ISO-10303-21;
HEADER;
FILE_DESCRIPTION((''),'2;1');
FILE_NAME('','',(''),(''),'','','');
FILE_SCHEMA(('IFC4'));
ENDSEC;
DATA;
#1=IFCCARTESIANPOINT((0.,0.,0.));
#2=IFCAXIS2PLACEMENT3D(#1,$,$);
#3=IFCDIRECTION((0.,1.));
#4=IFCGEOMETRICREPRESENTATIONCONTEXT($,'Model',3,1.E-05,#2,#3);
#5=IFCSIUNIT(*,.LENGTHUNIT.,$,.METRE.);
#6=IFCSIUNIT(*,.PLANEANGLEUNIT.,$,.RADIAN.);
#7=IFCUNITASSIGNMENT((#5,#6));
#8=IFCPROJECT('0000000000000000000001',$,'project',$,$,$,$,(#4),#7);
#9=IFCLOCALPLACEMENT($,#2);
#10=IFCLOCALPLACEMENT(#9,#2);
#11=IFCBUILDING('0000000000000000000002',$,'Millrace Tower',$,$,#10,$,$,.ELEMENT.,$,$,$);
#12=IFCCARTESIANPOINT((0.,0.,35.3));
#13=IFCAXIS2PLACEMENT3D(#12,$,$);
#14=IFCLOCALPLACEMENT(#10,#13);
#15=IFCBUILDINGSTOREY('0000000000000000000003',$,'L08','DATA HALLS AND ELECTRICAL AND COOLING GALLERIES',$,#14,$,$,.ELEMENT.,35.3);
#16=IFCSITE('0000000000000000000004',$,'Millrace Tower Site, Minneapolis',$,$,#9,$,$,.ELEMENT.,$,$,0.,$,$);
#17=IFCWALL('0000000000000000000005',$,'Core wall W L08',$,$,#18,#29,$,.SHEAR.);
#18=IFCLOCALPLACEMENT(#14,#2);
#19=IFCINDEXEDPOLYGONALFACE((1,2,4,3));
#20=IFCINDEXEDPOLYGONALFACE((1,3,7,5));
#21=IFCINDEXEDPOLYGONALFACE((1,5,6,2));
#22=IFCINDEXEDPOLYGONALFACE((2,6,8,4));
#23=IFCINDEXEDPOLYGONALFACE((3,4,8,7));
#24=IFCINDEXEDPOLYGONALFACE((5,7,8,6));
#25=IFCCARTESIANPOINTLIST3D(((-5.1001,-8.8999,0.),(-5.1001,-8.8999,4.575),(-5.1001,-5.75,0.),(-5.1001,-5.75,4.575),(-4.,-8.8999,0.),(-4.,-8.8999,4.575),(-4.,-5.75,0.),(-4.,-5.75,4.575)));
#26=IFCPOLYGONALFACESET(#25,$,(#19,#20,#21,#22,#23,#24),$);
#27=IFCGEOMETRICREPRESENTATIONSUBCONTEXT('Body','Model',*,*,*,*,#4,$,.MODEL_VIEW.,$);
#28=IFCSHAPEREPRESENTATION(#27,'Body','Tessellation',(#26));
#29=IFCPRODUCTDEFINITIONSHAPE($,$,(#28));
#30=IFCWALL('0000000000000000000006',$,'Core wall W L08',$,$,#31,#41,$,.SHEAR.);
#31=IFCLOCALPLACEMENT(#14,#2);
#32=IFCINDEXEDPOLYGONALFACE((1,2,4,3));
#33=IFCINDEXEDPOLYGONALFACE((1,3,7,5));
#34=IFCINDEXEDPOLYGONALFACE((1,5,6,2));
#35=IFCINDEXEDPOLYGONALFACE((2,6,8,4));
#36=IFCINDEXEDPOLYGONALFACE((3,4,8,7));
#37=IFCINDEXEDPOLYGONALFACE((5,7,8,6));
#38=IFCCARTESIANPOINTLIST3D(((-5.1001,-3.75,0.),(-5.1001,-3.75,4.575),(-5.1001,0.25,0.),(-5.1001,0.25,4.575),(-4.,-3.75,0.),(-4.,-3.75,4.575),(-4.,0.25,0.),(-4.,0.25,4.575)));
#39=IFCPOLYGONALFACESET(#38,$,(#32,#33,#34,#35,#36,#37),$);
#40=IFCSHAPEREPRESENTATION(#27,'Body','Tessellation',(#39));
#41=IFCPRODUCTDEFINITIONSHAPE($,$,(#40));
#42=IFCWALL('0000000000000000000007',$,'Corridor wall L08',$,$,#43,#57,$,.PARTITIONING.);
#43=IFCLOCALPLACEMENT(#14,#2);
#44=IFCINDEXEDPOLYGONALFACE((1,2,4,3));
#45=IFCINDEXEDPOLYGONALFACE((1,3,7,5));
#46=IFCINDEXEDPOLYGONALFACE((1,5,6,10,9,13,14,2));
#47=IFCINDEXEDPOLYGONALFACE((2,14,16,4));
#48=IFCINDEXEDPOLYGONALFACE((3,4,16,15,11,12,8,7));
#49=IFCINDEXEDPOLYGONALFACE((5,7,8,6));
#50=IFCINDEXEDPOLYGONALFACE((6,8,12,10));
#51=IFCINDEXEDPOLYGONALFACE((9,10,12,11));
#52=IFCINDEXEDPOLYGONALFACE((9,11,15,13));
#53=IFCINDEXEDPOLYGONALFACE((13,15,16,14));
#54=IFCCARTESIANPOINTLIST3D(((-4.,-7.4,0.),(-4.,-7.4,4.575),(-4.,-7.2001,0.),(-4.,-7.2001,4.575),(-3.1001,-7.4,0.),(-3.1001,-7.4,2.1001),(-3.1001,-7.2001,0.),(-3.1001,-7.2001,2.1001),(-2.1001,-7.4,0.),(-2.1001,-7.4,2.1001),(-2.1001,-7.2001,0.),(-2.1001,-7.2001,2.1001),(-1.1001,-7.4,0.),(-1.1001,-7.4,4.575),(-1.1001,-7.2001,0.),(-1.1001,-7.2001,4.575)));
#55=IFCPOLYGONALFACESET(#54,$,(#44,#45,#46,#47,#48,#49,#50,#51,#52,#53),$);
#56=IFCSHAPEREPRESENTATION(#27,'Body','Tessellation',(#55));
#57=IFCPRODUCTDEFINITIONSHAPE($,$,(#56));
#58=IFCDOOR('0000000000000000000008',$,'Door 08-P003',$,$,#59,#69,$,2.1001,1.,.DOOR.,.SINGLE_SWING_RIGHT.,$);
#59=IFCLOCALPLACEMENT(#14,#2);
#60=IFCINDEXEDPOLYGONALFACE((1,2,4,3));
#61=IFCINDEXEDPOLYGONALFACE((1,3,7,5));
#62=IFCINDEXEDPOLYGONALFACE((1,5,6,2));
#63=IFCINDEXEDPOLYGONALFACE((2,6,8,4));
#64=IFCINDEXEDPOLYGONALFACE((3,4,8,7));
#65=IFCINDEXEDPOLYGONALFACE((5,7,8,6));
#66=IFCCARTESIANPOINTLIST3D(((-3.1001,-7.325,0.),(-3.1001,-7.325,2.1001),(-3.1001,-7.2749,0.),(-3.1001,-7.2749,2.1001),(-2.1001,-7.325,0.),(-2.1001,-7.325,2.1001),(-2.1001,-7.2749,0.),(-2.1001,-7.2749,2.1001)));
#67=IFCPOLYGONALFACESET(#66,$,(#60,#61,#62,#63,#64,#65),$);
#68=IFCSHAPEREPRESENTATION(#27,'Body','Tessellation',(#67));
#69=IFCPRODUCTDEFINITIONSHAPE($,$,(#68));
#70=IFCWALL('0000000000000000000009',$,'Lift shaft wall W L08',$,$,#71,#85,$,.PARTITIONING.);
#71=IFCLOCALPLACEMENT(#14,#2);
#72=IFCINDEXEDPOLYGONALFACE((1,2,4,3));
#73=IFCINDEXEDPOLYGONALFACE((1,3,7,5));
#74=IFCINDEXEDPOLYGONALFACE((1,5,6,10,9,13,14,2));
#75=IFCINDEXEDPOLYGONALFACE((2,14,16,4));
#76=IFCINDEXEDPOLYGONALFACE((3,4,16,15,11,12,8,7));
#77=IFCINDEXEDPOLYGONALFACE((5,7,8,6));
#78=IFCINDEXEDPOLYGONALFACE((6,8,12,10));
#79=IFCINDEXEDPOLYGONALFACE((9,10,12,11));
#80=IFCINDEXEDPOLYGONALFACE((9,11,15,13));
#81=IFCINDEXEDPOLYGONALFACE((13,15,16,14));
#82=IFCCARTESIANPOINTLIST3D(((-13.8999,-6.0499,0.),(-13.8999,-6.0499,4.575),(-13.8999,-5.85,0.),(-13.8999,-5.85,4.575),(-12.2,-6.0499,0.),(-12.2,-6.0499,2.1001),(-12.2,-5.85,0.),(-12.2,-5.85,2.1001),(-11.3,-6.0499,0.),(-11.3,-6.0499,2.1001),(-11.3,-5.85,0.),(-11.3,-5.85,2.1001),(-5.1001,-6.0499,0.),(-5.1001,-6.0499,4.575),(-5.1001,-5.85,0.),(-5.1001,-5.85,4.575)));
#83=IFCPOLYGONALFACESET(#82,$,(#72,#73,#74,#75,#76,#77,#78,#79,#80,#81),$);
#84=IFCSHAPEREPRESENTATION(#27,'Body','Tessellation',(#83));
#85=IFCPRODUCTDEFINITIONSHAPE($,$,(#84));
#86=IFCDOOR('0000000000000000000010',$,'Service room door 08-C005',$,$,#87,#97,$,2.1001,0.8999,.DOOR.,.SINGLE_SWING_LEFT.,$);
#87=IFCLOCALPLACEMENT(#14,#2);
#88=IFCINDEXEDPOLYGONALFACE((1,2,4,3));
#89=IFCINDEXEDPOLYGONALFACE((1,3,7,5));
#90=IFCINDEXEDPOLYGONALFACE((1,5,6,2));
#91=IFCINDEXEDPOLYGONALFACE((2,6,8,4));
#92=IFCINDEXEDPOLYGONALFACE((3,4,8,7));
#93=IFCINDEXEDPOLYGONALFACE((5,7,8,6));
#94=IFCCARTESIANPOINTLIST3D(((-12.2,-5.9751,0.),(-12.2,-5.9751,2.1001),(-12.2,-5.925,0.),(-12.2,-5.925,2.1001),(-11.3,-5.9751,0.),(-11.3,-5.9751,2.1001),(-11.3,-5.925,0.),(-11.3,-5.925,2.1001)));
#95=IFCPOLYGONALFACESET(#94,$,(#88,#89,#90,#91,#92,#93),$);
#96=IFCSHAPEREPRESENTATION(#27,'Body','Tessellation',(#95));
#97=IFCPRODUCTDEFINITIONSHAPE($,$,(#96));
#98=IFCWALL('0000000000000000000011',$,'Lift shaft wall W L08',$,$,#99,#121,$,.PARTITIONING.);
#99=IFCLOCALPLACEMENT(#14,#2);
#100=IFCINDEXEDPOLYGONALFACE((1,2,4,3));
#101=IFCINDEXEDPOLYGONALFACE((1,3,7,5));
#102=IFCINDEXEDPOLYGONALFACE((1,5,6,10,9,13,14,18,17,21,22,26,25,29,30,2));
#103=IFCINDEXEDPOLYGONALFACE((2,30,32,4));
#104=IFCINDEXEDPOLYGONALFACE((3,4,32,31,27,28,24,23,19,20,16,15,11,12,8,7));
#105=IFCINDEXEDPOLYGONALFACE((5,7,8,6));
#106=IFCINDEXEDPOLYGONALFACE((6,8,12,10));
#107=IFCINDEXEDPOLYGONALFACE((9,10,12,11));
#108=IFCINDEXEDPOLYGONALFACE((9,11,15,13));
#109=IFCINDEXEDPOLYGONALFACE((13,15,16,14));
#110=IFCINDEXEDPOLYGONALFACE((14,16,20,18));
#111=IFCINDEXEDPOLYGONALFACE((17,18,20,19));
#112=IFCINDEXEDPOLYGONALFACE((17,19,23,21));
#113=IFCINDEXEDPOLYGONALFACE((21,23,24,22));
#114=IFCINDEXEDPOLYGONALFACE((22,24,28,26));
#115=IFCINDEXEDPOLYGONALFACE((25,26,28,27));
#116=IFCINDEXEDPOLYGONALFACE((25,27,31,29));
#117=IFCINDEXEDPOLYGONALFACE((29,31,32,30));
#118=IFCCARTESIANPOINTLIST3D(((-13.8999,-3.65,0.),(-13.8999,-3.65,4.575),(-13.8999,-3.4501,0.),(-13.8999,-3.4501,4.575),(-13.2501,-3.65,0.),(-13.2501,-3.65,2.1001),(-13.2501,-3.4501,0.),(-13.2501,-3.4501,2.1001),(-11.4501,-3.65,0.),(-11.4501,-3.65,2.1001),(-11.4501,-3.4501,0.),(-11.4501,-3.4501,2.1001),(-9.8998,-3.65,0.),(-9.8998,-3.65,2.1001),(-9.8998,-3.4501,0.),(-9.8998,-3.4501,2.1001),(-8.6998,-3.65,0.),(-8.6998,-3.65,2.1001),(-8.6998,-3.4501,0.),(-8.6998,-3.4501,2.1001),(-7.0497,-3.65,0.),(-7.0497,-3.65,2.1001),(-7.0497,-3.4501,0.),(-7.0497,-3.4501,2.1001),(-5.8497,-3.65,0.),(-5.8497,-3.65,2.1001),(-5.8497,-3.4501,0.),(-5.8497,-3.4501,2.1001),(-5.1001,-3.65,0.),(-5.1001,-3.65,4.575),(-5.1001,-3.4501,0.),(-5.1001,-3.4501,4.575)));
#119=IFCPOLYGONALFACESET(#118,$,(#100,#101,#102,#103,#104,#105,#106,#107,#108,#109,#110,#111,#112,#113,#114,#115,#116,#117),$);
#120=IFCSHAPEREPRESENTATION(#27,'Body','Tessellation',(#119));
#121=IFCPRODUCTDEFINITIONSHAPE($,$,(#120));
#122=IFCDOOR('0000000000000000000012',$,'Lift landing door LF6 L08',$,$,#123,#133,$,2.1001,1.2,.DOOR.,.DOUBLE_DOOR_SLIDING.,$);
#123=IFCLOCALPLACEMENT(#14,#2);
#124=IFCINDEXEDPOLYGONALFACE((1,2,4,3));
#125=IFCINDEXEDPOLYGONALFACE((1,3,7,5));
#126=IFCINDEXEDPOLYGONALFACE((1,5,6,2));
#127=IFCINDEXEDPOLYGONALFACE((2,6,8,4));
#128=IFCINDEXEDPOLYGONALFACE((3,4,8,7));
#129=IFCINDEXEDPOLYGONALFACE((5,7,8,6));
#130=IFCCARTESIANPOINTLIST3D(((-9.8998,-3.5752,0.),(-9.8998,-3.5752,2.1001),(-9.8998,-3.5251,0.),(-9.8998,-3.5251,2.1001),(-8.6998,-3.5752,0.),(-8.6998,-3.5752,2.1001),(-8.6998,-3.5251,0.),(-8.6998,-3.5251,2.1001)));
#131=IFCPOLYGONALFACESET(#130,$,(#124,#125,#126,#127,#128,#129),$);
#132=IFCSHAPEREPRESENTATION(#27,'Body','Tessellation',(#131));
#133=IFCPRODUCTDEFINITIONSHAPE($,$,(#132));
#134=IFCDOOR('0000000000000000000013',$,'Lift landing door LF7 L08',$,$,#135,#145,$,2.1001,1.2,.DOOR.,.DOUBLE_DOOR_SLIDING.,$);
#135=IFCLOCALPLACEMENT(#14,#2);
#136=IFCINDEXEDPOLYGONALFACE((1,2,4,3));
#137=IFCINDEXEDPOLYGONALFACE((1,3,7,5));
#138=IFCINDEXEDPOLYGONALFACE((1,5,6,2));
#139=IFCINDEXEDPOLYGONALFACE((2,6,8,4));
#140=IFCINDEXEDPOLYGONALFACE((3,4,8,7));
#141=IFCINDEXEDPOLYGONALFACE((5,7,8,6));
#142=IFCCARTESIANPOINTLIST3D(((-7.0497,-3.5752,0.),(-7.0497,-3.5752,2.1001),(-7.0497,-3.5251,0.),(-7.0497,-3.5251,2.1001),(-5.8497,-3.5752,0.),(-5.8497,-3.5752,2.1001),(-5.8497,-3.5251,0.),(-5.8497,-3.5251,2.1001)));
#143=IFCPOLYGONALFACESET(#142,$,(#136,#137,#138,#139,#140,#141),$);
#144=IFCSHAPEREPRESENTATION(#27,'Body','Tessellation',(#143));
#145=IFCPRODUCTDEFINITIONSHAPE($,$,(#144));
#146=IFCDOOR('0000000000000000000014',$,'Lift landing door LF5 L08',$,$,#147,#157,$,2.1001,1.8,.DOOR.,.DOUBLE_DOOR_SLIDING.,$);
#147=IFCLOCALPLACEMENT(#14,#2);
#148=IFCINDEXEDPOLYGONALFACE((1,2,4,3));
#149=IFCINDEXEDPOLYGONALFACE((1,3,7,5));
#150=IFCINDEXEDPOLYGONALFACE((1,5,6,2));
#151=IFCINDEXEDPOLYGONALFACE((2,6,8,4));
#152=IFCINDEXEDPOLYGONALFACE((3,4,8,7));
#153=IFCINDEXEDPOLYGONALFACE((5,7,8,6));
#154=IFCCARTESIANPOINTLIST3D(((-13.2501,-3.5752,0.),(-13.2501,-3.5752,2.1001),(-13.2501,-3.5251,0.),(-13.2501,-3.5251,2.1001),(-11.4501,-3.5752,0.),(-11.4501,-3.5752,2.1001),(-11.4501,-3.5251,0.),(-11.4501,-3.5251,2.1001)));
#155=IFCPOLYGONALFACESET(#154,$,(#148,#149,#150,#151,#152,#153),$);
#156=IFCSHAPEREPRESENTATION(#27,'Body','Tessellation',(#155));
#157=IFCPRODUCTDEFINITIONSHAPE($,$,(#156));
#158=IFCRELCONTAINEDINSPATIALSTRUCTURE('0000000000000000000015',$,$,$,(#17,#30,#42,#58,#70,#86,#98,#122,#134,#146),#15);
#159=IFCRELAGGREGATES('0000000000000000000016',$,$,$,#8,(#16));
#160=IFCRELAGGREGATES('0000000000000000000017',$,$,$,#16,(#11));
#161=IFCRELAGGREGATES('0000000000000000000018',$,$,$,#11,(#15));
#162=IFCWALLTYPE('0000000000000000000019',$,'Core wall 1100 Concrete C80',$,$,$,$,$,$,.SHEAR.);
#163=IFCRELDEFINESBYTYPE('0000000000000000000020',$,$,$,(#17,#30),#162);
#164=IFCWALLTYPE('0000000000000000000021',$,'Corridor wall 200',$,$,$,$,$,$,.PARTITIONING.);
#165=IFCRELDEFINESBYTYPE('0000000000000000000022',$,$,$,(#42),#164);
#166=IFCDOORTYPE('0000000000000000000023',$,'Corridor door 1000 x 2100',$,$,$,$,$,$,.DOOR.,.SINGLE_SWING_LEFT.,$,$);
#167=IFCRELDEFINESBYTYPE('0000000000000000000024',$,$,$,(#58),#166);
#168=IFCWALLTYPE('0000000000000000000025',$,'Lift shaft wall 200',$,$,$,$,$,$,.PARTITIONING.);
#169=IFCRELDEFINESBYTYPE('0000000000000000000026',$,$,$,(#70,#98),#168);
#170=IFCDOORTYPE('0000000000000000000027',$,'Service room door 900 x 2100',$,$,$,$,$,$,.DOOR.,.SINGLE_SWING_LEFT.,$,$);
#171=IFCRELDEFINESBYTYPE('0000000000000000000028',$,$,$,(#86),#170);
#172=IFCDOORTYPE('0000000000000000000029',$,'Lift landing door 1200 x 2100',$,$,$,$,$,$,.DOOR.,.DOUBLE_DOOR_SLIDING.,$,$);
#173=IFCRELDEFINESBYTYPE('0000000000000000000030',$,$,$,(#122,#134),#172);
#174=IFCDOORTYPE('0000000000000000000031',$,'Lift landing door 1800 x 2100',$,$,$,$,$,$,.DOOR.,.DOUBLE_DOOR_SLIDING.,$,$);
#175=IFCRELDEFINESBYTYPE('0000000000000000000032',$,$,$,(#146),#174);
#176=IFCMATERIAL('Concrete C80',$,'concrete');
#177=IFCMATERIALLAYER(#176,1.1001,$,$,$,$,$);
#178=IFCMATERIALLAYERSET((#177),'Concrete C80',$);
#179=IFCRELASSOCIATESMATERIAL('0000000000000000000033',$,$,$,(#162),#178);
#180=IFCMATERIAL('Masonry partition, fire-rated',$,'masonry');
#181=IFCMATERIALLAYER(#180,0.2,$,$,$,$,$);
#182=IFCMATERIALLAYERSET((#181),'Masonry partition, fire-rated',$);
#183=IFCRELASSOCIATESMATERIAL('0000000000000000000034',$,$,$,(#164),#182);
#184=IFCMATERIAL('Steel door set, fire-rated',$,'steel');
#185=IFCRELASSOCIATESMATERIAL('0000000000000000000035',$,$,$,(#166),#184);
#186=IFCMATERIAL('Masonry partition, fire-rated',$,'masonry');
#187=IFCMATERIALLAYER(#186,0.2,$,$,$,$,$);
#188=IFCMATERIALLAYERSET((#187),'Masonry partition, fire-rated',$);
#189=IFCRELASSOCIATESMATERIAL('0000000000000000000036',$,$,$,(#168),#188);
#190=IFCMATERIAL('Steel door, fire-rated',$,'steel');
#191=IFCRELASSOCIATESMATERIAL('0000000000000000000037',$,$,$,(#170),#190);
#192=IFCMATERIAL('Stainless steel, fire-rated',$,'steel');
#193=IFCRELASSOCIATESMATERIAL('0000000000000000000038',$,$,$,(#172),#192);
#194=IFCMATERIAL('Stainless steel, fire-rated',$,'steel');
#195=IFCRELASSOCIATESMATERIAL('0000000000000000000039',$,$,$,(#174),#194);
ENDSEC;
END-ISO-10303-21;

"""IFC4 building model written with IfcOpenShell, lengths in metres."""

from ifc_helpers import new_model, si_unit, direction, frame, frame_2d, origin, place, context, subcontext, project, spatial, rectangle, extrude, material, layer, layer_set, type_object, element, fill, save


model = new_model("IFC4")

# Units and contexts
model_context = context("Model", 3, precision=1e-05, world=origin(), true_north=direction((0.0, 1.0)))
body_context = subcontext(model_context, "Body", "Model", "MODEL_VIEW")
ifc_project = project(units=[si_unit("LENGTHUNIT", "METRE"), si_unit("PLANEANGLEUNIT", "RADIAN")], contexts=[model_context])

# Site, building, storey
site_placement = place(None, origin())
site = spatial("IfcSite", under=ifc_project, at=site_placement, Name="Millrace Tower Site, Minneapolis", CompositionType="ELEMENT", RefElevation=0.0)
building_placement = place(site_placement, origin())
building = spatial("IfcBuilding", under=site, at=building_placement, Name="Millrace Tower", CompositionType="ELEMENT")
storey_placement = place(building_placement, frame((0.0, 0.0, 35.3)))
storey = spatial("IfcBuildingStorey", under=building, at=storey_placement, Name="L08", Description="DATA HALLS AND ELECTRICAL AND COOLING GALLERIES", CompositionType="ELEMENT", Elevation=35.3)

# Walls
ifc_material_1 = material(Name="Concrete C80", Category="concrete")
ifc_layer_1 = layer(ifc_material_1, 1.1001)
ifc_layer_set_1 = layer_set([ifc_layer_1], Name="Concrete C80")
wall_type_1 = type_object("IfcWallType", Name="Core wall 1100 Concrete C80", PredefinedType="SHEAR", material=ifc_layer_set_1)
wall_1_placement = place(storey_placement, frame((-4.55, -8.8999, 0.0), z_axis=(0.0, 0.0, 1.0), x_axis=(0.0, 1.0, 0.0)))
element("IfcWall", 1, at=wall_1_placement, inside=storey, type_object=wall_type_1, Name="Core wall W L08", PredefinedType="SHEAR", context=body_context, shape_type="SweptSolid", body=[
    extrude(rectangle(XDim=3.1499, YDim=1.1001, at=frame_2d((1.575, 0.0))), origin(), (0.0, 0.0, 1.0), 4.575),
])
wall_2_placement = place(storey_placement, frame((-4.55, -3.75, 0.0), z_axis=(0.0, 0.0, 1.0), x_axis=(0.0, 1.0, 0.0)))
element("IfcWall", 2, at=wall_2_placement, inside=storey, type_object=wall_type_1, Name="Core wall W L08", PredefinedType="SHEAR", context=body_context, shape_type="SweptSolid", body=[
    extrude(rectangle(XDim=4.0, YDim=1.1001, at=frame_2d((2.0, 0.0))), origin(), (0.0, 0.0, 1.0), 4.575),
])

# Walls, openings, doors
ifc_material_2 = material(Name="Masonry partition, fire-rated", Category="masonry")
ifc_layer_2 = layer(ifc_material_2, 0.2)
ifc_layer_set_2 = layer_set([ifc_layer_2], Name="Masonry partition, fire-rated")
wall_type_2 = type_object("IfcWallType", Name="Corridor wall 200", PredefinedType="PARTITIONING", material=ifc_layer_set_2)
wall_3_placement = place(storey_placement, frame((-4.0, -7.3, 0.0), z_axis=(0.0, 0.0, 1.0), x_axis=(1.0, 0.0, 0.0)))
wall_3 = element("IfcWall", 3, at=wall_3_placement, inside=storey, type_object=wall_type_2, Name="Corridor wall L08", PredefinedType="PARTITIONING", context=body_context, shape_type="SweptSolid", body=[
    extrude(rectangle(XDim=2.8999, YDim=0.2, at=frame_2d((1.45, 0.0))), origin(), (0.0, 0.0, 1.0), 4.575),
])
opening_1_placement = place(wall_3_placement, frame((0.8999, 0.0, 0.0)))
opening_1 = element("IfcOpeningElement", 4, at=opening_1_placement, cuts=wall_3, PredefinedType="OPENING", context=body_context, shape_type="SweptSolid", body=[
    extrude(rectangle(XDim=1.0, YDim=2.1001, at=frame_2d((0.5, 1.05))), frame((0.0, 0.1099, 0.0), z_axis=(0.0, -1.0, 0.0), x_axis=(1.0, 0.0, 0.0)), (0.0, 0.0, 1.0), 0.22),
])
ifc_material_3 = material(Name="Steel door set, fire-rated", Category="steel")
door_type_1 = type_object("IfcDoorType", Name="Corridor door 1000 x 2100", OperationType="SINGLE_SWING_LEFT", PredefinedType="DOOR", material=ifc_material_3)
door_1_placement = place(opening_1_placement, frame((1.0, 0.0, 0.0), z_axis=(0.0, 0.0, 1.0), x_axis=(-1.0, 0.0, 0.0)))
door_1 = element("IfcDoor", 5, at=door_1_placement, inside=storey, type_object=door_type_1, Name="Door 08-P003", OperationType="SINGLE_SWING_RIGHT", OverallHeight=2.1001, OverallWidth=1.0, PredefinedType="DOOR", context=body_context, shape_type="SweptSolid", body=[
    extrude(rectangle(XDim=1.0, YDim=2.1001, at=frame_2d((0.5, 1.05))), frame((0.0, 0.0249, 0.0), z_axis=(0.0, -1.0, 0.0), x_axis=(1.0, 0.0, 0.0)), (0.0, 0.0, 1.0), 0.05),
])
fill(opening_1, door_1)
ifc_material_4 = material(Name="Masonry partition, fire-rated", Category="masonry")
ifc_layer_3 = layer(ifc_material_4, 0.2)
ifc_layer_set_3 = layer_set([ifc_layer_3], Name="Masonry partition, fire-rated")
wall_type_3 = type_object("IfcWallType", Name="Lift shaft wall 200", PredefinedType="PARTITIONING", material=ifc_layer_set_3)
wall_4_placement = place(storey_placement, frame((-13.8999, -5.95, 0.0), z_axis=(0.0, 0.0, 1.0), x_axis=(1.0, 0.0, 0.0)))
wall_4 = element("IfcWall", 6, at=wall_4_placement, inside=storey, type_object=wall_type_3, Name="Lift shaft wall W L08", PredefinedType="PARTITIONING", context=body_context, shape_type="SweptSolid", body=[
    extrude(rectangle(XDim=8.7998, YDim=0.2, at=frame_2d((4.3999, 0.0))), origin(), (0.0, 0.0, 1.0), 4.575),
])
opening_2_placement = place(wall_4_placement, frame((1.7, 0.0, 0.0)))
opening_2 = element("IfcOpeningElement", 7, at=opening_2_placement, cuts=wall_4, PredefinedType="OPENING", context=body_context, shape_type="SweptSolid", body=[
    extrude(rectangle(XDim=0.8999, YDim=2.1001, at=frame_2d((0.45, 1.05))), frame((0.0, 0.1099, 0.0), z_axis=(0.0, -1.0, 0.0), x_axis=(1.0, 0.0, 0.0)), (0.0, 0.0, 1.0), 0.22),
])
ifc_material_5 = material(Name="Steel door, fire-rated", Category="steel")
door_type_2 = type_object("IfcDoorType", Name="Service room door 900 x 2100", OperationType="SINGLE_SWING_LEFT", PredefinedType="DOOR", material=ifc_material_5)
door_2_placement = place(opening_2_placement, origin())
door_2 = element("IfcDoor", 8, at=door_2_placement, inside=storey, type_object=door_type_2, Name="Service room door 08-C005", OperationType="SINGLE_SWING_LEFT", OverallHeight=2.1001, OverallWidth=0.8999, PredefinedType="DOOR", context=body_context, shape_type="SweptSolid", body=[
    extrude(rectangle(XDim=0.8999, YDim=2.1001, at=frame_2d((0.45, 1.05))), frame((0.0, 0.0249, 0.0), z_axis=(0.0, -1.0, 0.0), x_axis=(1.0, 0.0, 0.0)), (0.0, 0.0, 1.0), 0.05),
])
fill(opening_2, door_2)

# Wall, openings, doors
wall_5_placement = place(storey_placement, frame((-13.8999, -3.55, 0.0), z_axis=(0.0, 0.0, 1.0), x_axis=(1.0, 0.0, 0.0)))
wall_5 = element("IfcWall", 9, at=wall_5_placement, inside=storey, type_object=wall_type_3, Name="Lift shaft wall W L08", PredefinedType="PARTITIONING", context=body_context, shape_type="SweptSolid", body=[
    extrude(rectangle(XDim=8.7998, YDim=0.2, at=frame_2d((4.3999, 0.0))), origin(), (0.0, 0.0, 1.0), 4.575),
])
opening_3_placement = place(wall_5_placement, frame((0.6499, 0.0, 0.0)))
opening_3 = element("IfcOpeningElement", 10, at=opening_3_placement, cuts=wall_5, PredefinedType="OPENING", context=body_context, shape_type="SweptSolid", body=[
    extrude(rectangle(XDim=1.8, YDim=2.1001, at=frame_2d((0.8999, 1.05))), frame((0.0, 0.1099, 0.0), z_axis=(0.0, -1.0, 0.0), x_axis=(1.0, 0.0, 0.0)), (0.0, 0.0, 1.0), 0.22),
])
opening_4_placement = place(wall_5_placement, frame((4.0, 0.0, 0.0)))
opening_4 = element("IfcOpeningElement", 11, at=opening_4_placement, cuts=wall_5, PredefinedType="OPENING", context=body_context, shape_type="SweptSolid", body=[
    extrude(rectangle(XDim=1.2, YDim=2.1001, at=frame_2d((0.6001, 1.05))), frame((0.0, 0.1099, 0.0), z_axis=(0.0, -1.0, 0.0), x_axis=(1.0, 0.0, 0.0)), (0.0, 0.0, 1.0), 0.22),
])
opening_5_placement = place(wall_5_placement, frame((6.8501, 0.0, 0.0)))
opening_5 = element("IfcOpeningElement", 12, at=opening_5_placement, cuts=wall_5, PredefinedType="OPENING", context=body_context, shape_type="SweptSolid", body=[
    extrude(rectangle(XDim=1.2, YDim=2.1001, at=frame_2d((0.6001, 1.05))), frame((0.0, 0.1099, 0.0), z_axis=(0.0, -1.0, 0.0), x_axis=(1.0, 0.0, 0.0)), (0.0, 0.0, 1.0), 0.22),
])
ifc_material_6 = material(Name="Stainless steel, fire-rated", Category="steel")
door_type_3 = type_object("IfcDoorType", Name="Lift landing door 1200 x 2100", OperationType="DOUBLE_DOOR_SLIDING", PredefinedType="DOOR", material=ifc_material_6)
door_3_placement = place(opening_4_placement, origin())
door_3 = element("IfcDoor", 13, at=door_3_placement, inside=storey, type_object=door_type_3, Name="Lift landing door LF6 L08", OperationType="DOUBLE_DOOR_SLIDING", OverallHeight=2.1001, OverallWidth=1.2, PredefinedType="DOOR", context=body_context, shape_type="SweptSolid", body=[
    extrude(rectangle(XDim=1.2, YDim=2.1001, at=frame_2d((0.6001, 1.05))), frame((0.0, 0.0249, 0.0), z_axis=(0.0, -1.0, 0.0), x_axis=(1.0, 0.0, 0.0)), (0.0, 0.0, 1.0), 0.05),
])
fill(opening_4, door_3)
door_4_placement = place(opening_5_placement, origin())
door_4 = element("IfcDoor", 14, at=door_4_placement, inside=storey, type_object=door_type_3, Name="Lift landing door LF7 L08", OperationType="DOUBLE_DOOR_SLIDING", OverallHeight=2.1001, OverallWidth=1.2, PredefinedType="DOOR", context=body_context, shape_type="SweptSolid", body=[
    extrude(rectangle(XDim=1.2, YDim=2.1001, at=frame_2d((0.6001, 1.05))), frame((0.0, 0.0249, 0.0), z_axis=(0.0, -1.0, 0.0), x_axis=(1.0, 0.0, 0.0)), (0.0, 0.0, 1.0), 0.05),
])
fill(opening_5, door_4)
ifc_material_7 = material(Name="Stainless steel, fire-rated", Category="steel")
door_type_4 = type_object("IfcDoorType", Name="Lift landing door 1800 x 2100", OperationType="DOUBLE_DOOR_SLIDING", PredefinedType="DOOR", material=ifc_material_7)
door_5_placement = place(opening_3_placement, origin())
door_5 = element("IfcDoor", 15, at=door_5_placement, inside=storey, type_object=door_type_4, Name="Lift landing door LF5 L08", OperationType="DOUBLE_DOOR_SLIDING", OverallHeight=2.1001, OverallWidth=1.8, PredefinedType="DOOR", context=body_context, shape_type="SweptSolid", body=[
    extrude(rectangle(XDim=1.8, YDim=2.1001, at=frame_2d((0.8999, 1.05))), frame((0.0, 0.0249, 0.0), z_axis=(0.0, -1.0, 0.0), x_axis=(1.0, 0.0, 0.0)), (0.0, 0.0, 1.0), 0.05),
])
fill(opening_3, door_5)

save(model, "model.ifc")
